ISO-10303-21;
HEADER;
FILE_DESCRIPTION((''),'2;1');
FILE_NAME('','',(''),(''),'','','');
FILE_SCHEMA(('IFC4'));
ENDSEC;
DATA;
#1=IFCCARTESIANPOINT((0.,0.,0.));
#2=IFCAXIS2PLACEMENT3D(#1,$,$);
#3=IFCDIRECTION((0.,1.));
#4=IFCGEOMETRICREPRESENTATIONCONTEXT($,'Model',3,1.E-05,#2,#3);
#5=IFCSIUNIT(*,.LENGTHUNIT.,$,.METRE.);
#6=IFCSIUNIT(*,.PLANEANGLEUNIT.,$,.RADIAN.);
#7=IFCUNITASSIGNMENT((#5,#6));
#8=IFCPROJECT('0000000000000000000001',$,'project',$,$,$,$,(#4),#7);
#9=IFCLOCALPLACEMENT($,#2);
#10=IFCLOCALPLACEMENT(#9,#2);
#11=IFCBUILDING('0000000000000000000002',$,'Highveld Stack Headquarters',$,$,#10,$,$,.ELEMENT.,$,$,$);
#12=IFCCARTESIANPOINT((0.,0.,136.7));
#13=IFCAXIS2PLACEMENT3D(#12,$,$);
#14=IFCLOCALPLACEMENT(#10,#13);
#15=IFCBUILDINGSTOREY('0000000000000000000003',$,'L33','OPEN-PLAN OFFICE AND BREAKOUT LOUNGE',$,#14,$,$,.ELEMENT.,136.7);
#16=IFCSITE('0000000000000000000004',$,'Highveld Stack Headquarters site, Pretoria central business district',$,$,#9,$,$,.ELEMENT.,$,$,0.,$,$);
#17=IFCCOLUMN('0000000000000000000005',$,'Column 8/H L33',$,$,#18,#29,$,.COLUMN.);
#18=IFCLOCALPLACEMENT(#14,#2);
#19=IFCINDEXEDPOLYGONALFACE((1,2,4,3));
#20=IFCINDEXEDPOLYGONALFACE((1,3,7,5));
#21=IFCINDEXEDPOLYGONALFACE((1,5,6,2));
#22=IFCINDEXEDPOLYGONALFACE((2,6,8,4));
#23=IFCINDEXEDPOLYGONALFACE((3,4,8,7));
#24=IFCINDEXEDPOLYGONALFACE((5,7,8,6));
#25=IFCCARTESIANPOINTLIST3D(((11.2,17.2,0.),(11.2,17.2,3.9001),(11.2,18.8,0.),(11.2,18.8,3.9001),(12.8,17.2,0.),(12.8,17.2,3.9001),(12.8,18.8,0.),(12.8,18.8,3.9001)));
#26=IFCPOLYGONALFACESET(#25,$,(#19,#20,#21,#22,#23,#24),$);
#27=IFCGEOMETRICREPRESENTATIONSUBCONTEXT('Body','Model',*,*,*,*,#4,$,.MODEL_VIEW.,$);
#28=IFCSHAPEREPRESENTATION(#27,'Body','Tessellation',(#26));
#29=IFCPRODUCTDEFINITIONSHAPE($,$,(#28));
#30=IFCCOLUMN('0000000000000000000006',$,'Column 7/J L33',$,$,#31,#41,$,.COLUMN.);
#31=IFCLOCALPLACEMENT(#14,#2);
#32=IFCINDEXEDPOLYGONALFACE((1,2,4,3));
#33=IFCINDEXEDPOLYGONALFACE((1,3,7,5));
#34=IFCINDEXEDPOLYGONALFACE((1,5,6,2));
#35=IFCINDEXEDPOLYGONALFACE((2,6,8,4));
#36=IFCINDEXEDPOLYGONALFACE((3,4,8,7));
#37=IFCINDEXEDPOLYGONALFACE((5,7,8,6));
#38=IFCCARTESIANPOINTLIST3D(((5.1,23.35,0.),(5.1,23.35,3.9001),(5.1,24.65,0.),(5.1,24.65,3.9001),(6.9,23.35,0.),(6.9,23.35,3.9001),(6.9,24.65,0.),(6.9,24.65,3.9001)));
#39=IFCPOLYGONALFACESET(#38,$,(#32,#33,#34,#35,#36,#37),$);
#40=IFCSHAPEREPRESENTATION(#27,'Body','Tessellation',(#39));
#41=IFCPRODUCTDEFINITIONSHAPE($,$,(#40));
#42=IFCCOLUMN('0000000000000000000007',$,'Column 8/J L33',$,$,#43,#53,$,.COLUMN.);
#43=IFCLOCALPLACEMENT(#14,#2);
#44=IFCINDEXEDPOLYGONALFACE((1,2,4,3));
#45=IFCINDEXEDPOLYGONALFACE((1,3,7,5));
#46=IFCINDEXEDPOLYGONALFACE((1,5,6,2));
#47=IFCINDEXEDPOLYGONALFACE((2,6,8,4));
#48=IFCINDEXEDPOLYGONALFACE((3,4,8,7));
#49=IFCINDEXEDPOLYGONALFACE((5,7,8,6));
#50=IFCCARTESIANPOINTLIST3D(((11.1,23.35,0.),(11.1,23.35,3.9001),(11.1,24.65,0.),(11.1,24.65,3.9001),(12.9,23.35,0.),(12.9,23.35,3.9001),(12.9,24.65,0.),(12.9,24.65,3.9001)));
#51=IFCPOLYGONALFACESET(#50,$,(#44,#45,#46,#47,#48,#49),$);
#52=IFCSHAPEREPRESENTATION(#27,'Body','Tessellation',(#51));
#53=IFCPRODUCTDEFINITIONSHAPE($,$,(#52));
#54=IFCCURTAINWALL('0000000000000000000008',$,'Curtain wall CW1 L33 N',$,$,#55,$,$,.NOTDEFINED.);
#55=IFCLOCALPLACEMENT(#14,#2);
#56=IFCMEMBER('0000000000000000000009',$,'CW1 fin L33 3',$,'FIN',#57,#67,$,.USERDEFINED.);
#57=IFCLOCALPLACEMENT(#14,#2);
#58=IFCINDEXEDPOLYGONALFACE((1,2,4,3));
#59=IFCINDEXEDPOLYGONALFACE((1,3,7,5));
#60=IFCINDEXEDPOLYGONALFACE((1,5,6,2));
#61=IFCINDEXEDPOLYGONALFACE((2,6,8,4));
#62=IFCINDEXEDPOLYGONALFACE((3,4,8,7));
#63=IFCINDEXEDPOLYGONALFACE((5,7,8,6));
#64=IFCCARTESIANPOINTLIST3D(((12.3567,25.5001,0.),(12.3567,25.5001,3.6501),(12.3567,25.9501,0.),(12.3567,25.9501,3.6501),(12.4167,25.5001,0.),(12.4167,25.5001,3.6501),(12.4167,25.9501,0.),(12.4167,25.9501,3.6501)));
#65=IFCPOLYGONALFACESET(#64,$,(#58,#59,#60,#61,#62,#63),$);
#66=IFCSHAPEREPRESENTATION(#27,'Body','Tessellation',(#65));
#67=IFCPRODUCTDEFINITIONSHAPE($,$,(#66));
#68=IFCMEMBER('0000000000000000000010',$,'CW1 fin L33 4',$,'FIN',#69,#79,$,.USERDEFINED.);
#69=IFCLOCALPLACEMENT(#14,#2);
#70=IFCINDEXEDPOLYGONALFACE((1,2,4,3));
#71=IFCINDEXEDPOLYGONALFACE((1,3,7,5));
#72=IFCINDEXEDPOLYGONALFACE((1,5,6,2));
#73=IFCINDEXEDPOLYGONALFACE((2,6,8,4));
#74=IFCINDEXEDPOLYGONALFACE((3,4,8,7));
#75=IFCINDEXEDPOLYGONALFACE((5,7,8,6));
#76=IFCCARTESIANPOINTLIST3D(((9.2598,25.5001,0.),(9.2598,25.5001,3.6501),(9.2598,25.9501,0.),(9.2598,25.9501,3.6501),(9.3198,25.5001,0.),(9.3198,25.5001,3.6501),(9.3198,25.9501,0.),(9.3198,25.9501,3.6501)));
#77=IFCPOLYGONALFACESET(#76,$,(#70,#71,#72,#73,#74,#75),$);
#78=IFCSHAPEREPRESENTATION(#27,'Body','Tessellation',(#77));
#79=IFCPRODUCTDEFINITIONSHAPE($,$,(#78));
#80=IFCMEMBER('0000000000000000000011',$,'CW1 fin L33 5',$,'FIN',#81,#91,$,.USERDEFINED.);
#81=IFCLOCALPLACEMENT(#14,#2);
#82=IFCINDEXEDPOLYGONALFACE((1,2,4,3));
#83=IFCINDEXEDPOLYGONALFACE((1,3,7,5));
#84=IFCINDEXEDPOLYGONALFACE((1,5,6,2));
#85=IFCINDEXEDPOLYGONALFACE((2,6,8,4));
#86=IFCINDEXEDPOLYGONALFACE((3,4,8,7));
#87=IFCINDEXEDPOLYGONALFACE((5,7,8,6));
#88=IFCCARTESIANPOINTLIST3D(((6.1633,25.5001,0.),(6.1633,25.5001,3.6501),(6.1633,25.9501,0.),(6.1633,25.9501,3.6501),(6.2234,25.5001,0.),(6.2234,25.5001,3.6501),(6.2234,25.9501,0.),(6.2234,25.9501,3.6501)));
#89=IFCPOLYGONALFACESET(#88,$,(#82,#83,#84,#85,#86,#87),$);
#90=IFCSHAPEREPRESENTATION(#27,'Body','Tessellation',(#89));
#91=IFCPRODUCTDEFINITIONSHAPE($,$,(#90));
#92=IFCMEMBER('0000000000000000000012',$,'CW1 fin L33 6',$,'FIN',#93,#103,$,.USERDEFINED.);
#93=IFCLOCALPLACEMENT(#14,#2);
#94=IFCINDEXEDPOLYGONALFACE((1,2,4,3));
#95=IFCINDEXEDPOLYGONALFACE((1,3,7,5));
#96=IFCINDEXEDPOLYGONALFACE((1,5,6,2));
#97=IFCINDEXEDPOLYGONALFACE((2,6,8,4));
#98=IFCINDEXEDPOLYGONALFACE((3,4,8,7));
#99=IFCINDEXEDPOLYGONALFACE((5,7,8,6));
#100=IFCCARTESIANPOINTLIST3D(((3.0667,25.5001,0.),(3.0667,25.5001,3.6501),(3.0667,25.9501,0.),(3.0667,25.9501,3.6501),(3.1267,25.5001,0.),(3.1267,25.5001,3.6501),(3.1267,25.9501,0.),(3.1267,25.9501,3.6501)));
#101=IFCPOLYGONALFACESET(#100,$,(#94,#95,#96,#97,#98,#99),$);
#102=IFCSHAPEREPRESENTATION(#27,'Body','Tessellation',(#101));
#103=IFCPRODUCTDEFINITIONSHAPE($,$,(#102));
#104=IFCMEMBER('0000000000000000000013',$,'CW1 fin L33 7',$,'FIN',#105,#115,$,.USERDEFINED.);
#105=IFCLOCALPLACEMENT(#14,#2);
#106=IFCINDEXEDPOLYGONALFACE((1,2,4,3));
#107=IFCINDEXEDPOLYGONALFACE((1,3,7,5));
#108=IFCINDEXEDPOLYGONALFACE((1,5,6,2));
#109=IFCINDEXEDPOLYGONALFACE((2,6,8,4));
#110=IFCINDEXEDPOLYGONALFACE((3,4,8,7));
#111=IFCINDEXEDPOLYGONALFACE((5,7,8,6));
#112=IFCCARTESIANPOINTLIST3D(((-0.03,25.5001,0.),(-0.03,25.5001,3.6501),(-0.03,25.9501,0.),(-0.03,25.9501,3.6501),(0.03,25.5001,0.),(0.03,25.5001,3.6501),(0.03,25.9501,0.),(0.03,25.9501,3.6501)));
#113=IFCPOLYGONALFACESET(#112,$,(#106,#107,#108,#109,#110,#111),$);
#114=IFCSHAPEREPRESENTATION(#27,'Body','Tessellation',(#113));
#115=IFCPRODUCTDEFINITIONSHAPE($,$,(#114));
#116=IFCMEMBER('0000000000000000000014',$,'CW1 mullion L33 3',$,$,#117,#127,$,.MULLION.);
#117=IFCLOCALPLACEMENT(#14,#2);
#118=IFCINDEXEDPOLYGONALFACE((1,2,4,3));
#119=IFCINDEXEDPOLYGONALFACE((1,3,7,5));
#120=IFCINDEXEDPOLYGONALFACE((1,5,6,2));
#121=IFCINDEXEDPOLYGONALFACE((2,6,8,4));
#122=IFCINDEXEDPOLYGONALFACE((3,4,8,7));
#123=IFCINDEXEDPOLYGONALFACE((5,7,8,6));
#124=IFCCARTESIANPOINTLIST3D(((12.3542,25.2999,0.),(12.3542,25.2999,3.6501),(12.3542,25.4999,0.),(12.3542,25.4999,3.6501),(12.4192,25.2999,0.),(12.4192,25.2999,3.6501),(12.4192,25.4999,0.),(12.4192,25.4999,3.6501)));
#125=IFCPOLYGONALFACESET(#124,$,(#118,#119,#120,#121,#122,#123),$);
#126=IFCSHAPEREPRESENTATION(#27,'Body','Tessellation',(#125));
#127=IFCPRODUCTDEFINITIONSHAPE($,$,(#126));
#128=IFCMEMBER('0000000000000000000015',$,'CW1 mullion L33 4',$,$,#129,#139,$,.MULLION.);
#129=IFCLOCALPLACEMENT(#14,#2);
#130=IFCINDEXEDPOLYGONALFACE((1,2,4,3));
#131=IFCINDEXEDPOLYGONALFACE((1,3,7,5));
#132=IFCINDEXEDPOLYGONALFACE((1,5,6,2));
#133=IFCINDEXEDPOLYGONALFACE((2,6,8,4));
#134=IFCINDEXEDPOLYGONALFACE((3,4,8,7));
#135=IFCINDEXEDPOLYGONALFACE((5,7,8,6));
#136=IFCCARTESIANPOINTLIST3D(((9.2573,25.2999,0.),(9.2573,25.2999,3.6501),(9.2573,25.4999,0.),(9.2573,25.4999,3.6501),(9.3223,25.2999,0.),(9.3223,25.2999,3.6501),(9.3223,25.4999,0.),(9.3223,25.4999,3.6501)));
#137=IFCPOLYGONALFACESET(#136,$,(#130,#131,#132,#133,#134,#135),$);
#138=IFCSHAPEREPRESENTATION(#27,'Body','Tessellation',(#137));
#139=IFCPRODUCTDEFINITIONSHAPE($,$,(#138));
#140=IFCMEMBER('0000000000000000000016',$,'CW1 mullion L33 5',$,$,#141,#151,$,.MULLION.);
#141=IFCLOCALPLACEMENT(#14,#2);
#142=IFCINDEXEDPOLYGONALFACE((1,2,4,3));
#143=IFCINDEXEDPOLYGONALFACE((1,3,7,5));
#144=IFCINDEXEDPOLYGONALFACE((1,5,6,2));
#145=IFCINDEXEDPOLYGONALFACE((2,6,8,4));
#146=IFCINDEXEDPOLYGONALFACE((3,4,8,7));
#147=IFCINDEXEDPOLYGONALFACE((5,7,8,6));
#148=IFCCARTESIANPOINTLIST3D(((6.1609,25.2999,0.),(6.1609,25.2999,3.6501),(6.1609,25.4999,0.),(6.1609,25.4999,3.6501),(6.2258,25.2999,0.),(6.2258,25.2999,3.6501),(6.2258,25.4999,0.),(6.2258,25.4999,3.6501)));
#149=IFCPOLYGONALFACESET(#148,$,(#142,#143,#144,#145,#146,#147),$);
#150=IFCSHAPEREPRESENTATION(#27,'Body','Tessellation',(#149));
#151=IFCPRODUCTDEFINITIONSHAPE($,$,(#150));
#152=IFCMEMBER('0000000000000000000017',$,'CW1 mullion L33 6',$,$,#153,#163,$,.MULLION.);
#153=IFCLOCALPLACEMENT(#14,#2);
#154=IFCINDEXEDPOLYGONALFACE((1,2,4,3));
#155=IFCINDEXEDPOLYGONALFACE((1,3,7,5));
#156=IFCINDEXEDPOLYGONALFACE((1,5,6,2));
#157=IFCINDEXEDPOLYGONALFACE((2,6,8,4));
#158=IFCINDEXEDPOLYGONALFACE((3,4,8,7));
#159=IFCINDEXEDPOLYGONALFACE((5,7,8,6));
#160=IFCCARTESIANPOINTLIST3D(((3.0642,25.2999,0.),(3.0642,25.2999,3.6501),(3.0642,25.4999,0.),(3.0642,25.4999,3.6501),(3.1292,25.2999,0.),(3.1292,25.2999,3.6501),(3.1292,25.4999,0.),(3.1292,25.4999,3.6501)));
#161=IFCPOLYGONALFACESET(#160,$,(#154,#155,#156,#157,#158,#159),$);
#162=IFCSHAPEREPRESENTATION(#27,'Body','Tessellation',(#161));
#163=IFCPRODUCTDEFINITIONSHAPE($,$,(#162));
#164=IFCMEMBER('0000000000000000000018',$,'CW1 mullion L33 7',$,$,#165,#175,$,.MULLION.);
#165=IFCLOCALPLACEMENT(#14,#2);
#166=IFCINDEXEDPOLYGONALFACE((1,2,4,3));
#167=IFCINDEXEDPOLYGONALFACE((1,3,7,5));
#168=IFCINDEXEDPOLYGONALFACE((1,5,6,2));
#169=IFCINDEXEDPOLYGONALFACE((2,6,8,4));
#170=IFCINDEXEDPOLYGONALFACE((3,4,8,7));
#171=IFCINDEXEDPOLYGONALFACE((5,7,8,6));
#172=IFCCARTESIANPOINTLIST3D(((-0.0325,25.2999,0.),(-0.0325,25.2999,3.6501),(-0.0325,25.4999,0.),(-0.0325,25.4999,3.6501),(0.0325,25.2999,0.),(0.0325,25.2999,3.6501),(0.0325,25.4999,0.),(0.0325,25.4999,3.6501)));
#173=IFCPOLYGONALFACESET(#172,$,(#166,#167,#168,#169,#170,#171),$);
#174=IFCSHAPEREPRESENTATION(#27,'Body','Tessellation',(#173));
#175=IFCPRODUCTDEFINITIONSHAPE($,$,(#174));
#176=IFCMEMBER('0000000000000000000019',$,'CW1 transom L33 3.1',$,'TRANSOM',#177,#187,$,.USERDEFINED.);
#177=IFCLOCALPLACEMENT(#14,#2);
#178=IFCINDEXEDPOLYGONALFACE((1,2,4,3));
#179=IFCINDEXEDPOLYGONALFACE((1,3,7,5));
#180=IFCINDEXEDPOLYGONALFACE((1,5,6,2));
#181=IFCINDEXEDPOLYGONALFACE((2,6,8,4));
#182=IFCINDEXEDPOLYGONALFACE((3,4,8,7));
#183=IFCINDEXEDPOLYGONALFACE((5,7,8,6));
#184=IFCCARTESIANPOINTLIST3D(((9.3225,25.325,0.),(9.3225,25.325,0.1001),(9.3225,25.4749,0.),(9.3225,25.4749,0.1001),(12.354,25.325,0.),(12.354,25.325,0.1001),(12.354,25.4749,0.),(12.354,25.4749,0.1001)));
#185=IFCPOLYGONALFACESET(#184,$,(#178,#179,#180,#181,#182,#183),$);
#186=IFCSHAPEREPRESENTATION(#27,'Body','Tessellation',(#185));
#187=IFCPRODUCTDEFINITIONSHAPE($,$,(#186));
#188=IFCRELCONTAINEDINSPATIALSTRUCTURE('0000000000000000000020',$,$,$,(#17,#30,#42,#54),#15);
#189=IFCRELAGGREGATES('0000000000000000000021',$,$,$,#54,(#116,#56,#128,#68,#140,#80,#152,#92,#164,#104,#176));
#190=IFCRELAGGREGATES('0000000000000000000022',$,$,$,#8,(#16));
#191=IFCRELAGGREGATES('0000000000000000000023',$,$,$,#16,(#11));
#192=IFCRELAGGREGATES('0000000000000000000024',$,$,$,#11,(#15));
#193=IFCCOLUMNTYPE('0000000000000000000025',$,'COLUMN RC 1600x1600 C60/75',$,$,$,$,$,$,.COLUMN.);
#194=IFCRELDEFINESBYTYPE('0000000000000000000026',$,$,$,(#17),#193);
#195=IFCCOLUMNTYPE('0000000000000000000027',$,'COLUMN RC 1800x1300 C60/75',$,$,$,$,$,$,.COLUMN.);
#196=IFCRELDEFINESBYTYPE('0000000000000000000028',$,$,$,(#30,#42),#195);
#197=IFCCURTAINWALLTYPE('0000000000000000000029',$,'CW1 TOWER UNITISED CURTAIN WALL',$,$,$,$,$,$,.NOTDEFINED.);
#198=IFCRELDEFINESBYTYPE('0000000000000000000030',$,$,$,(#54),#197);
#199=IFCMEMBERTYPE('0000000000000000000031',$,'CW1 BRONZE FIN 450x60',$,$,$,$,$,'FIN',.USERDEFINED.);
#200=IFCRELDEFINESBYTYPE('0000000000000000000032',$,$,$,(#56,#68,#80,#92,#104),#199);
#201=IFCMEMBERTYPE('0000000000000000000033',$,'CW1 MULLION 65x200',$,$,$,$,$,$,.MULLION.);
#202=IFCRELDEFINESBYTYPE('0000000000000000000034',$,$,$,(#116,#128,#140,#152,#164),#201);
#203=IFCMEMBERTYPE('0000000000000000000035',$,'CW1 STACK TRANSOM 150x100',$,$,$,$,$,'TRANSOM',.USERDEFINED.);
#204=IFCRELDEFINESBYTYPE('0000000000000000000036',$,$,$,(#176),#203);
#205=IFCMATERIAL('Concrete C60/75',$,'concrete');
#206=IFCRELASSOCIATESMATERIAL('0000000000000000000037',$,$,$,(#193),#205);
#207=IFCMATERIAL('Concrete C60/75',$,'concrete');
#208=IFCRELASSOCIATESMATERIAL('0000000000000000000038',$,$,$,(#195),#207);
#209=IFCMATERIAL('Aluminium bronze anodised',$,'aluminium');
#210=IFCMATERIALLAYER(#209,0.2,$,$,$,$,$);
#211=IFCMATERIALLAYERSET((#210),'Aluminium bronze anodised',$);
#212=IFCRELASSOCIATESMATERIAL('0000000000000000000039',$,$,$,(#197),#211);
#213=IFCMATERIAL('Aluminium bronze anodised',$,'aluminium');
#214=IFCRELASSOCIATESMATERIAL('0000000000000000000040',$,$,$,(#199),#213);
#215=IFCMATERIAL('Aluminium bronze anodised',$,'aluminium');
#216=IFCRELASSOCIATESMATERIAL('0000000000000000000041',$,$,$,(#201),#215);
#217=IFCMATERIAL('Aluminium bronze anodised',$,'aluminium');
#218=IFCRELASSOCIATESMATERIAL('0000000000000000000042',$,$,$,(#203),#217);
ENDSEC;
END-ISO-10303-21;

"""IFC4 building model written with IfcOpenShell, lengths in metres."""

from ifc_helpers import new_model, si_unit, direction, frame, origin, origin_2d, place, context, subcontext, project, spatial, rectangle, extrude, material, layer, layer_set, material_profile, profile_set, type_object, element, aggregate, save


model = new_model("IFC4")

# Units and contexts
model_context = context("Model", 3, precision=1e-05, world=origin(), true_north=direction((0.0, 1.0)))
body_context = subcontext(model_context, "Body", "Model", "MODEL_VIEW")
ifc_project = project(units=[si_unit("LENGTHUNIT", "METRE"), si_unit("PLANEANGLEUNIT", "RADIAN")], contexts=[model_context])

# Site, building, storey
site_placement = place(None, origin())
site = spatial("IfcSite", under=ifc_project, at=site_placement, Name="Highveld Stack Headquarters site, Pretoria central business district", CompositionType="ELEMENT", RefElevation=0.0)
building_placement = place(site_placement, origin())
building = spatial("IfcBuilding", under=site, at=building_placement, Name="Highveld Stack Headquarters", CompositionType="ELEMENT")
storey_placement = place(building_placement, frame((0.0, 0.0, 136.7)))
storey = spatial("IfcBuildingStorey", under=building, at=storey_placement, Name="L33", Description="OPEN-PLAN OFFICE AND BREAKOUT LOUNGE", CompositionType="ELEMENT", Elevation=136.7)

# Columns
ifc_material_1 = material(Name="Concrete C60/75", Category="concrete")
ifc_material_profile_1 = material_profile(ifc_material_1, rectangle(XDim=1.6001, YDim=1.6001, at=origin_2d()), Name="RC 1600x1600")
ifc_profile_set_1 = profile_set([ifc_material_profile_1], Name="Concrete C60/75")
column_type_1 = type_object("IfcColumnType", Name="COLUMN RC 1600x1600 C60/75", PredefinedType="COLUMN", material=ifc_profile_set_1)
column_placement = place(storey_placement, frame((12.0, 18.0, 0.0), z_axis=(0.0, 0.0, 1.0), x_axis=(1.0, 0.0, 0.0)))
element("IfcColumn", 1, at=column_placement, inside=storey, type_object=column_type_1, Name="Column 8/H L33", PredefinedType="COLUMN", context=body_context, shape_type="SweptSolid", body=[
    extrude(rectangle(XDim=1.6001, YDim=1.6001, at=origin_2d()), origin(), (0.0, 0.0, 1.0), 3.9001),
])
ifc_material_2 = material(Name="Concrete C60/75", Category="concrete")
ifc_material_profile_2 = material_profile(ifc_material_2, rectangle(XDim=1.8, YDim=1.3, at=origin_2d()), Name="RC 1800x1300")
ifc_profile_set_2 = profile_set([ifc_material_profile_2], Name="Concrete C60/75")
column_type_2 = type_object("IfcColumnType", Name="COLUMN RC 1800x1300 C60/75", PredefinedType="COLUMN", material=ifc_profile_set_2)
for number, where, z_axis, x_axis, name in (
    (2, (6.0, 24.0, 0.0), (0.0, 0.0, 1.0), (1.0, 0.0, 0.0), "Column 7/J L33"),
    (3, (12.0, 24.0, 0.0), (0.0, 0.0, 1.0), (1.0, 0.0, 0.0), "Column 8/J L33"),
):
    element("IfcColumn", number, at=place(storey_placement, frame(where, z_axis=z_axis, x_axis=x_axis)), inside=storey, type_object=column_type_2, Name=name, PredefinedType="COLUMN", context=body_context, shape_type="SweptSolid", body=[
        extrude(rectangle(XDim=1.8, YDim=1.3, at=origin_2d()), origin(), (0.0, 0.0, 1.0), 3.9001),
    ])

# Curtain wall, members
ifc_material_3 = material(Name="Aluminium bronze anodised", Category="aluminium")
ifc_layer_1 = layer(ifc_material_3, 0.2)
ifc_layer_set_1 = layer_set([ifc_layer_1], Name="Aluminium bronze anodised")
curtain_wall_type = type_object("IfcCurtainWallType", Name="CW1 TOWER UNITISED CURTAIN WALL", PredefinedType="NOTDEFINED", material=ifc_layer_set_1)
curtain_wall_placement = place(storey_placement, origin())
curtain_wall = element("IfcCurtainWall", 4, at=curtain_wall_placement, inside=storey, type_object=curtain_wall_type, Name="Curtain wall CW1 L33 N", PredefinedType="NOTDEFINED")
ifc_material_4 = material(Name="Aluminium bronze anodised", Category="aluminium")
ifc_material_profile_3 = material_profile(ifc_material_4, rectangle(XDim=0.45, YDim=0.0601, at=origin_2d()), Name="FIN 450x60")
ifc_profile_set_3 = profile_set([ifc_material_profile_3], Name="Aluminium bronze anodised")
member_type_1 = type_object("IfcMemberType", Name="CW1 BRONZE FIN 450x60", ElementType="FIN", PredefinedType="USERDEFINED", material=ifc_profile_set_3)
member_1_placement = place(storey_placement, frame((12.3867, 25.7251, 0.0), z_axis=(0.0, 0.0, 1.0), x_axis=(0.0, -1.0, 0.0)))
member_1 = element("IfcMember", 5, at=member_1_placement, type_object=member_type_1, Name="CW1 fin L33 3", ObjectType="FIN", PredefinedType="USERDEFINED", context=body_context, shape_type="SweptSolid", body=[
    extrude(rectangle(XDim=0.45, YDim=0.0601, at=origin_2d()), origin(), (0.0, 0.0, 1.0), 3.6501),
])
member_2_placement = place(storey_placement, frame((9.2898, 25.7251, 0.0), z_axis=(0.0, 0.0, 1.0), x_axis=(0.0, -1.0, 0.0)))
member_2 = element("IfcMember", 6, at=member_2_placement, type_object=member_type_1, Name="CW1 fin L33 4", ObjectType="FIN", PredefinedType="USERDEFINED", context=body_context, shape_type="SweptSolid", body=[
    extrude(rectangle(XDim=0.45, YDim=0.0601, at=origin_2d()), origin(), (0.0, 0.0, 1.0), 3.6501),
])
member_3_placement = place(storey_placement, frame((6.1934, 25.7251, 0.0), z_axis=(0.0, 0.0, 1.0), x_axis=(0.0, -1.0, 0.0)))
member_3 = element("IfcMember", 7, at=member_3_placement, type_object=member_type_1, Name="CW1 fin L33 5", ObjectType="FIN", PredefinedType="USERDEFINED", context=body_context, shape_type="SweptSolid", body=[
    extrude(rectangle(XDim=0.45, YDim=0.0601, at=origin_2d()), origin(), (0.0, 0.0, 1.0), 3.6501),
])
member_4_placement = place(storey_placement, frame((3.0967, 25.7251, 0.0), z_axis=(0.0, 0.0, 1.0), x_axis=(0.0, -1.0, 0.0)))
member_4 = element("IfcMember", 8, at=member_4_placement, type_object=member_type_1, Name="CW1 fin L33 6", ObjectType="FIN", PredefinedType="USERDEFINED", context=body_context, shape_type="SweptSolid", body=[
    extrude(rectangle(XDim=0.45, YDim=0.0601, at=origin_2d()), origin(), (0.0, 0.0, 1.0), 3.6501),
])
member_5_placement = place(storey_placement, frame((0.0, 25.7251, 0.0), z_axis=(0.0, 0.0, 1.0), x_axis=(0.0, -1.0, 0.0)))
member_5 = element("IfcMember", 9, at=member_5_placement, type_object=member_type_1, Name="CW1 fin L33 7", ObjectType="FIN", PredefinedType="USERDEFINED", context=body_context, shape_type="SweptSolid", body=[
    extrude(rectangle(XDim=0.45, YDim=0.0601, at=origin_2d()), origin(), (0.0, 0.0, 1.0), 3.6501),
])
ifc_material_5 = material(Name="Aluminium bronze anodised", Category="aluminium")
ifc_material_profile_4 = material_profile(ifc_material_5, rectangle(XDim=0.2, YDim=0.0649, at=origin_2d()), Name="CW1 MULLION 65x200")
ifc_profile_set_4 = profile_set([ifc_material_profile_4], Name="Aluminium bronze anodised")
member_type_2 = type_object("IfcMemberType", Name="CW1 MULLION 65x200", PredefinedType="MULLION", material=ifc_profile_set_4)
member_6_placement = place(storey_placement, frame((12.3867, 25.3999, 0.0), z_axis=(0.0, 0.0, 1.0), x_axis=(0.0, -1.0, 0.0)))
member_6 = element("IfcMember", 10, at=member_6_placement, type_object=member_type_2, Name="CW1 mullion L33 3", PredefinedType="MULLION", context=body_context, shape_type="SweptSolid", body=[
    extrude(rectangle(XDim=0.2, YDim=0.0649, at=origin_2d()), origin(), (0.0, 0.0, 1.0), 3.6501),
])
member_7_placement = place(storey_placement, frame((9.2898, 25.3999, 0.0), z_axis=(0.0, 0.0, 1.0), x_axis=(0.0, -1.0, 0.0)))
member_7 = element("IfcMember", 11, at=member_7_placement, type_object=member_type_2, Name="CW1 mullion L33 4", PredefinedType="MULLION", context=body_context, shape_type="SweptSolid", body=[
    extrude(rectangle(XDim=0.2, YDim=0.0649, at=origin_2d()), origin(), (0.0, 0.0, 1.0), 3.6501),
])
member_8_placement = place(storey_placement, frame((6.1934, 25.3999, 0.0), z_axis=(0.0, 0.0, 1.0), x_axis=(0.0, -1.0, 0.0)))
member_8 = element("IfcMember", 12, at=member_8_placement, type_object=member_type_2, Name="CW1 mullion L33 5", PredefinedType="MULLION", context=body_context, shape_type="SweptSolid", body=[
    extrude(rectangle(XDim=0.2, YDim=0.0649, at=origin_2d()), origin(), (0.0, 0.0, 1.0), 3.6501),
])
member_9_placement = place(storey_placement, frame((3.0967, 25.3999, 0.0), z_axis=(0.0, 0.0, 1.0), x_axis=(0.0, -1.0, 0.0)))
member_9 = element("IfcMember", 13, at=member_9_placement, type_object=member_type_2, Name="CW1 mullion L33 6", PredefinedType="MULLION", context=body_context, shape_type="SweptSolid", body=[
    extrude(rectangle(XDim=0.2, YDim=0.0649, at=origin_2d()), origin(), (0.0, 0.0, 1.0), 3.6501),
])
member_10_placement = place(storey_placement, frame((0.0, 25.3999, 0.0), z_axis=(0.0, 0.0, 1.0), x_axis=(0.0, -1.0, 0.0)))
member_10 = element("IfcMember", 14, at=member_10_placement, type_object=member_type_2, Name="CW1 mullion L33 7", PredefinedType="MULLION", context=body_context, shape_type="SweptSolid", body=[
    extrude(rectangle(XDim=0.2, YDim=0.0649, at=origin_2d()), origin(), (0.0, 0.0, 1.0), 3.6501),
])
ifc_material_6 = material(Name="Aluminium bronze anodised", Category="aluminium")
ifc_material_profile_5 = material_profile(ifc_material_6, rectangle(XDim=0.1499, YDim=0.1001, at=origin_2d()), Name="CW1 TRANSOM 150x100")
ifc_profile_set_5 = profile_set([ifc_material_profile_5], Name="Aluminium bronze anodised")
member_type_3 = type_object("IfcMemberType", Name="CW1 STACK TRANSOM 150x100", ElementType="TRANSOM", PredefinedType="USERDEFINED", material=ifc_profile_set_5)
member_11_placement = place(storey_placement, frame((12.354, 25.3999, 0.05), z_axis=(-1.0, 0.0, 0.0), x_axis=(0.0, -1.0, 0.0)))
member_11 = element("IfcMember", 15, at=member_11_placement, type_object=member_type_3, Name="CW1 transom L33 3.1", ObjectType="TRANSOM", PredefinedType="USERDEFINED", context=body_context, shape_type="SweptSolid", body=[
    extrude(rectangle(XDim=0.1499, YDim=0.1001, at=origin_2d()), origin(), (0.0, 0.0, 1.0), 3.0315),
])
aggregate(curtain_wall, [member_6, member_1, member_7, member_2, member_8, member_3, member_9, member_4, member_10, member_5, member_11])

save(model, "model.ifc")
